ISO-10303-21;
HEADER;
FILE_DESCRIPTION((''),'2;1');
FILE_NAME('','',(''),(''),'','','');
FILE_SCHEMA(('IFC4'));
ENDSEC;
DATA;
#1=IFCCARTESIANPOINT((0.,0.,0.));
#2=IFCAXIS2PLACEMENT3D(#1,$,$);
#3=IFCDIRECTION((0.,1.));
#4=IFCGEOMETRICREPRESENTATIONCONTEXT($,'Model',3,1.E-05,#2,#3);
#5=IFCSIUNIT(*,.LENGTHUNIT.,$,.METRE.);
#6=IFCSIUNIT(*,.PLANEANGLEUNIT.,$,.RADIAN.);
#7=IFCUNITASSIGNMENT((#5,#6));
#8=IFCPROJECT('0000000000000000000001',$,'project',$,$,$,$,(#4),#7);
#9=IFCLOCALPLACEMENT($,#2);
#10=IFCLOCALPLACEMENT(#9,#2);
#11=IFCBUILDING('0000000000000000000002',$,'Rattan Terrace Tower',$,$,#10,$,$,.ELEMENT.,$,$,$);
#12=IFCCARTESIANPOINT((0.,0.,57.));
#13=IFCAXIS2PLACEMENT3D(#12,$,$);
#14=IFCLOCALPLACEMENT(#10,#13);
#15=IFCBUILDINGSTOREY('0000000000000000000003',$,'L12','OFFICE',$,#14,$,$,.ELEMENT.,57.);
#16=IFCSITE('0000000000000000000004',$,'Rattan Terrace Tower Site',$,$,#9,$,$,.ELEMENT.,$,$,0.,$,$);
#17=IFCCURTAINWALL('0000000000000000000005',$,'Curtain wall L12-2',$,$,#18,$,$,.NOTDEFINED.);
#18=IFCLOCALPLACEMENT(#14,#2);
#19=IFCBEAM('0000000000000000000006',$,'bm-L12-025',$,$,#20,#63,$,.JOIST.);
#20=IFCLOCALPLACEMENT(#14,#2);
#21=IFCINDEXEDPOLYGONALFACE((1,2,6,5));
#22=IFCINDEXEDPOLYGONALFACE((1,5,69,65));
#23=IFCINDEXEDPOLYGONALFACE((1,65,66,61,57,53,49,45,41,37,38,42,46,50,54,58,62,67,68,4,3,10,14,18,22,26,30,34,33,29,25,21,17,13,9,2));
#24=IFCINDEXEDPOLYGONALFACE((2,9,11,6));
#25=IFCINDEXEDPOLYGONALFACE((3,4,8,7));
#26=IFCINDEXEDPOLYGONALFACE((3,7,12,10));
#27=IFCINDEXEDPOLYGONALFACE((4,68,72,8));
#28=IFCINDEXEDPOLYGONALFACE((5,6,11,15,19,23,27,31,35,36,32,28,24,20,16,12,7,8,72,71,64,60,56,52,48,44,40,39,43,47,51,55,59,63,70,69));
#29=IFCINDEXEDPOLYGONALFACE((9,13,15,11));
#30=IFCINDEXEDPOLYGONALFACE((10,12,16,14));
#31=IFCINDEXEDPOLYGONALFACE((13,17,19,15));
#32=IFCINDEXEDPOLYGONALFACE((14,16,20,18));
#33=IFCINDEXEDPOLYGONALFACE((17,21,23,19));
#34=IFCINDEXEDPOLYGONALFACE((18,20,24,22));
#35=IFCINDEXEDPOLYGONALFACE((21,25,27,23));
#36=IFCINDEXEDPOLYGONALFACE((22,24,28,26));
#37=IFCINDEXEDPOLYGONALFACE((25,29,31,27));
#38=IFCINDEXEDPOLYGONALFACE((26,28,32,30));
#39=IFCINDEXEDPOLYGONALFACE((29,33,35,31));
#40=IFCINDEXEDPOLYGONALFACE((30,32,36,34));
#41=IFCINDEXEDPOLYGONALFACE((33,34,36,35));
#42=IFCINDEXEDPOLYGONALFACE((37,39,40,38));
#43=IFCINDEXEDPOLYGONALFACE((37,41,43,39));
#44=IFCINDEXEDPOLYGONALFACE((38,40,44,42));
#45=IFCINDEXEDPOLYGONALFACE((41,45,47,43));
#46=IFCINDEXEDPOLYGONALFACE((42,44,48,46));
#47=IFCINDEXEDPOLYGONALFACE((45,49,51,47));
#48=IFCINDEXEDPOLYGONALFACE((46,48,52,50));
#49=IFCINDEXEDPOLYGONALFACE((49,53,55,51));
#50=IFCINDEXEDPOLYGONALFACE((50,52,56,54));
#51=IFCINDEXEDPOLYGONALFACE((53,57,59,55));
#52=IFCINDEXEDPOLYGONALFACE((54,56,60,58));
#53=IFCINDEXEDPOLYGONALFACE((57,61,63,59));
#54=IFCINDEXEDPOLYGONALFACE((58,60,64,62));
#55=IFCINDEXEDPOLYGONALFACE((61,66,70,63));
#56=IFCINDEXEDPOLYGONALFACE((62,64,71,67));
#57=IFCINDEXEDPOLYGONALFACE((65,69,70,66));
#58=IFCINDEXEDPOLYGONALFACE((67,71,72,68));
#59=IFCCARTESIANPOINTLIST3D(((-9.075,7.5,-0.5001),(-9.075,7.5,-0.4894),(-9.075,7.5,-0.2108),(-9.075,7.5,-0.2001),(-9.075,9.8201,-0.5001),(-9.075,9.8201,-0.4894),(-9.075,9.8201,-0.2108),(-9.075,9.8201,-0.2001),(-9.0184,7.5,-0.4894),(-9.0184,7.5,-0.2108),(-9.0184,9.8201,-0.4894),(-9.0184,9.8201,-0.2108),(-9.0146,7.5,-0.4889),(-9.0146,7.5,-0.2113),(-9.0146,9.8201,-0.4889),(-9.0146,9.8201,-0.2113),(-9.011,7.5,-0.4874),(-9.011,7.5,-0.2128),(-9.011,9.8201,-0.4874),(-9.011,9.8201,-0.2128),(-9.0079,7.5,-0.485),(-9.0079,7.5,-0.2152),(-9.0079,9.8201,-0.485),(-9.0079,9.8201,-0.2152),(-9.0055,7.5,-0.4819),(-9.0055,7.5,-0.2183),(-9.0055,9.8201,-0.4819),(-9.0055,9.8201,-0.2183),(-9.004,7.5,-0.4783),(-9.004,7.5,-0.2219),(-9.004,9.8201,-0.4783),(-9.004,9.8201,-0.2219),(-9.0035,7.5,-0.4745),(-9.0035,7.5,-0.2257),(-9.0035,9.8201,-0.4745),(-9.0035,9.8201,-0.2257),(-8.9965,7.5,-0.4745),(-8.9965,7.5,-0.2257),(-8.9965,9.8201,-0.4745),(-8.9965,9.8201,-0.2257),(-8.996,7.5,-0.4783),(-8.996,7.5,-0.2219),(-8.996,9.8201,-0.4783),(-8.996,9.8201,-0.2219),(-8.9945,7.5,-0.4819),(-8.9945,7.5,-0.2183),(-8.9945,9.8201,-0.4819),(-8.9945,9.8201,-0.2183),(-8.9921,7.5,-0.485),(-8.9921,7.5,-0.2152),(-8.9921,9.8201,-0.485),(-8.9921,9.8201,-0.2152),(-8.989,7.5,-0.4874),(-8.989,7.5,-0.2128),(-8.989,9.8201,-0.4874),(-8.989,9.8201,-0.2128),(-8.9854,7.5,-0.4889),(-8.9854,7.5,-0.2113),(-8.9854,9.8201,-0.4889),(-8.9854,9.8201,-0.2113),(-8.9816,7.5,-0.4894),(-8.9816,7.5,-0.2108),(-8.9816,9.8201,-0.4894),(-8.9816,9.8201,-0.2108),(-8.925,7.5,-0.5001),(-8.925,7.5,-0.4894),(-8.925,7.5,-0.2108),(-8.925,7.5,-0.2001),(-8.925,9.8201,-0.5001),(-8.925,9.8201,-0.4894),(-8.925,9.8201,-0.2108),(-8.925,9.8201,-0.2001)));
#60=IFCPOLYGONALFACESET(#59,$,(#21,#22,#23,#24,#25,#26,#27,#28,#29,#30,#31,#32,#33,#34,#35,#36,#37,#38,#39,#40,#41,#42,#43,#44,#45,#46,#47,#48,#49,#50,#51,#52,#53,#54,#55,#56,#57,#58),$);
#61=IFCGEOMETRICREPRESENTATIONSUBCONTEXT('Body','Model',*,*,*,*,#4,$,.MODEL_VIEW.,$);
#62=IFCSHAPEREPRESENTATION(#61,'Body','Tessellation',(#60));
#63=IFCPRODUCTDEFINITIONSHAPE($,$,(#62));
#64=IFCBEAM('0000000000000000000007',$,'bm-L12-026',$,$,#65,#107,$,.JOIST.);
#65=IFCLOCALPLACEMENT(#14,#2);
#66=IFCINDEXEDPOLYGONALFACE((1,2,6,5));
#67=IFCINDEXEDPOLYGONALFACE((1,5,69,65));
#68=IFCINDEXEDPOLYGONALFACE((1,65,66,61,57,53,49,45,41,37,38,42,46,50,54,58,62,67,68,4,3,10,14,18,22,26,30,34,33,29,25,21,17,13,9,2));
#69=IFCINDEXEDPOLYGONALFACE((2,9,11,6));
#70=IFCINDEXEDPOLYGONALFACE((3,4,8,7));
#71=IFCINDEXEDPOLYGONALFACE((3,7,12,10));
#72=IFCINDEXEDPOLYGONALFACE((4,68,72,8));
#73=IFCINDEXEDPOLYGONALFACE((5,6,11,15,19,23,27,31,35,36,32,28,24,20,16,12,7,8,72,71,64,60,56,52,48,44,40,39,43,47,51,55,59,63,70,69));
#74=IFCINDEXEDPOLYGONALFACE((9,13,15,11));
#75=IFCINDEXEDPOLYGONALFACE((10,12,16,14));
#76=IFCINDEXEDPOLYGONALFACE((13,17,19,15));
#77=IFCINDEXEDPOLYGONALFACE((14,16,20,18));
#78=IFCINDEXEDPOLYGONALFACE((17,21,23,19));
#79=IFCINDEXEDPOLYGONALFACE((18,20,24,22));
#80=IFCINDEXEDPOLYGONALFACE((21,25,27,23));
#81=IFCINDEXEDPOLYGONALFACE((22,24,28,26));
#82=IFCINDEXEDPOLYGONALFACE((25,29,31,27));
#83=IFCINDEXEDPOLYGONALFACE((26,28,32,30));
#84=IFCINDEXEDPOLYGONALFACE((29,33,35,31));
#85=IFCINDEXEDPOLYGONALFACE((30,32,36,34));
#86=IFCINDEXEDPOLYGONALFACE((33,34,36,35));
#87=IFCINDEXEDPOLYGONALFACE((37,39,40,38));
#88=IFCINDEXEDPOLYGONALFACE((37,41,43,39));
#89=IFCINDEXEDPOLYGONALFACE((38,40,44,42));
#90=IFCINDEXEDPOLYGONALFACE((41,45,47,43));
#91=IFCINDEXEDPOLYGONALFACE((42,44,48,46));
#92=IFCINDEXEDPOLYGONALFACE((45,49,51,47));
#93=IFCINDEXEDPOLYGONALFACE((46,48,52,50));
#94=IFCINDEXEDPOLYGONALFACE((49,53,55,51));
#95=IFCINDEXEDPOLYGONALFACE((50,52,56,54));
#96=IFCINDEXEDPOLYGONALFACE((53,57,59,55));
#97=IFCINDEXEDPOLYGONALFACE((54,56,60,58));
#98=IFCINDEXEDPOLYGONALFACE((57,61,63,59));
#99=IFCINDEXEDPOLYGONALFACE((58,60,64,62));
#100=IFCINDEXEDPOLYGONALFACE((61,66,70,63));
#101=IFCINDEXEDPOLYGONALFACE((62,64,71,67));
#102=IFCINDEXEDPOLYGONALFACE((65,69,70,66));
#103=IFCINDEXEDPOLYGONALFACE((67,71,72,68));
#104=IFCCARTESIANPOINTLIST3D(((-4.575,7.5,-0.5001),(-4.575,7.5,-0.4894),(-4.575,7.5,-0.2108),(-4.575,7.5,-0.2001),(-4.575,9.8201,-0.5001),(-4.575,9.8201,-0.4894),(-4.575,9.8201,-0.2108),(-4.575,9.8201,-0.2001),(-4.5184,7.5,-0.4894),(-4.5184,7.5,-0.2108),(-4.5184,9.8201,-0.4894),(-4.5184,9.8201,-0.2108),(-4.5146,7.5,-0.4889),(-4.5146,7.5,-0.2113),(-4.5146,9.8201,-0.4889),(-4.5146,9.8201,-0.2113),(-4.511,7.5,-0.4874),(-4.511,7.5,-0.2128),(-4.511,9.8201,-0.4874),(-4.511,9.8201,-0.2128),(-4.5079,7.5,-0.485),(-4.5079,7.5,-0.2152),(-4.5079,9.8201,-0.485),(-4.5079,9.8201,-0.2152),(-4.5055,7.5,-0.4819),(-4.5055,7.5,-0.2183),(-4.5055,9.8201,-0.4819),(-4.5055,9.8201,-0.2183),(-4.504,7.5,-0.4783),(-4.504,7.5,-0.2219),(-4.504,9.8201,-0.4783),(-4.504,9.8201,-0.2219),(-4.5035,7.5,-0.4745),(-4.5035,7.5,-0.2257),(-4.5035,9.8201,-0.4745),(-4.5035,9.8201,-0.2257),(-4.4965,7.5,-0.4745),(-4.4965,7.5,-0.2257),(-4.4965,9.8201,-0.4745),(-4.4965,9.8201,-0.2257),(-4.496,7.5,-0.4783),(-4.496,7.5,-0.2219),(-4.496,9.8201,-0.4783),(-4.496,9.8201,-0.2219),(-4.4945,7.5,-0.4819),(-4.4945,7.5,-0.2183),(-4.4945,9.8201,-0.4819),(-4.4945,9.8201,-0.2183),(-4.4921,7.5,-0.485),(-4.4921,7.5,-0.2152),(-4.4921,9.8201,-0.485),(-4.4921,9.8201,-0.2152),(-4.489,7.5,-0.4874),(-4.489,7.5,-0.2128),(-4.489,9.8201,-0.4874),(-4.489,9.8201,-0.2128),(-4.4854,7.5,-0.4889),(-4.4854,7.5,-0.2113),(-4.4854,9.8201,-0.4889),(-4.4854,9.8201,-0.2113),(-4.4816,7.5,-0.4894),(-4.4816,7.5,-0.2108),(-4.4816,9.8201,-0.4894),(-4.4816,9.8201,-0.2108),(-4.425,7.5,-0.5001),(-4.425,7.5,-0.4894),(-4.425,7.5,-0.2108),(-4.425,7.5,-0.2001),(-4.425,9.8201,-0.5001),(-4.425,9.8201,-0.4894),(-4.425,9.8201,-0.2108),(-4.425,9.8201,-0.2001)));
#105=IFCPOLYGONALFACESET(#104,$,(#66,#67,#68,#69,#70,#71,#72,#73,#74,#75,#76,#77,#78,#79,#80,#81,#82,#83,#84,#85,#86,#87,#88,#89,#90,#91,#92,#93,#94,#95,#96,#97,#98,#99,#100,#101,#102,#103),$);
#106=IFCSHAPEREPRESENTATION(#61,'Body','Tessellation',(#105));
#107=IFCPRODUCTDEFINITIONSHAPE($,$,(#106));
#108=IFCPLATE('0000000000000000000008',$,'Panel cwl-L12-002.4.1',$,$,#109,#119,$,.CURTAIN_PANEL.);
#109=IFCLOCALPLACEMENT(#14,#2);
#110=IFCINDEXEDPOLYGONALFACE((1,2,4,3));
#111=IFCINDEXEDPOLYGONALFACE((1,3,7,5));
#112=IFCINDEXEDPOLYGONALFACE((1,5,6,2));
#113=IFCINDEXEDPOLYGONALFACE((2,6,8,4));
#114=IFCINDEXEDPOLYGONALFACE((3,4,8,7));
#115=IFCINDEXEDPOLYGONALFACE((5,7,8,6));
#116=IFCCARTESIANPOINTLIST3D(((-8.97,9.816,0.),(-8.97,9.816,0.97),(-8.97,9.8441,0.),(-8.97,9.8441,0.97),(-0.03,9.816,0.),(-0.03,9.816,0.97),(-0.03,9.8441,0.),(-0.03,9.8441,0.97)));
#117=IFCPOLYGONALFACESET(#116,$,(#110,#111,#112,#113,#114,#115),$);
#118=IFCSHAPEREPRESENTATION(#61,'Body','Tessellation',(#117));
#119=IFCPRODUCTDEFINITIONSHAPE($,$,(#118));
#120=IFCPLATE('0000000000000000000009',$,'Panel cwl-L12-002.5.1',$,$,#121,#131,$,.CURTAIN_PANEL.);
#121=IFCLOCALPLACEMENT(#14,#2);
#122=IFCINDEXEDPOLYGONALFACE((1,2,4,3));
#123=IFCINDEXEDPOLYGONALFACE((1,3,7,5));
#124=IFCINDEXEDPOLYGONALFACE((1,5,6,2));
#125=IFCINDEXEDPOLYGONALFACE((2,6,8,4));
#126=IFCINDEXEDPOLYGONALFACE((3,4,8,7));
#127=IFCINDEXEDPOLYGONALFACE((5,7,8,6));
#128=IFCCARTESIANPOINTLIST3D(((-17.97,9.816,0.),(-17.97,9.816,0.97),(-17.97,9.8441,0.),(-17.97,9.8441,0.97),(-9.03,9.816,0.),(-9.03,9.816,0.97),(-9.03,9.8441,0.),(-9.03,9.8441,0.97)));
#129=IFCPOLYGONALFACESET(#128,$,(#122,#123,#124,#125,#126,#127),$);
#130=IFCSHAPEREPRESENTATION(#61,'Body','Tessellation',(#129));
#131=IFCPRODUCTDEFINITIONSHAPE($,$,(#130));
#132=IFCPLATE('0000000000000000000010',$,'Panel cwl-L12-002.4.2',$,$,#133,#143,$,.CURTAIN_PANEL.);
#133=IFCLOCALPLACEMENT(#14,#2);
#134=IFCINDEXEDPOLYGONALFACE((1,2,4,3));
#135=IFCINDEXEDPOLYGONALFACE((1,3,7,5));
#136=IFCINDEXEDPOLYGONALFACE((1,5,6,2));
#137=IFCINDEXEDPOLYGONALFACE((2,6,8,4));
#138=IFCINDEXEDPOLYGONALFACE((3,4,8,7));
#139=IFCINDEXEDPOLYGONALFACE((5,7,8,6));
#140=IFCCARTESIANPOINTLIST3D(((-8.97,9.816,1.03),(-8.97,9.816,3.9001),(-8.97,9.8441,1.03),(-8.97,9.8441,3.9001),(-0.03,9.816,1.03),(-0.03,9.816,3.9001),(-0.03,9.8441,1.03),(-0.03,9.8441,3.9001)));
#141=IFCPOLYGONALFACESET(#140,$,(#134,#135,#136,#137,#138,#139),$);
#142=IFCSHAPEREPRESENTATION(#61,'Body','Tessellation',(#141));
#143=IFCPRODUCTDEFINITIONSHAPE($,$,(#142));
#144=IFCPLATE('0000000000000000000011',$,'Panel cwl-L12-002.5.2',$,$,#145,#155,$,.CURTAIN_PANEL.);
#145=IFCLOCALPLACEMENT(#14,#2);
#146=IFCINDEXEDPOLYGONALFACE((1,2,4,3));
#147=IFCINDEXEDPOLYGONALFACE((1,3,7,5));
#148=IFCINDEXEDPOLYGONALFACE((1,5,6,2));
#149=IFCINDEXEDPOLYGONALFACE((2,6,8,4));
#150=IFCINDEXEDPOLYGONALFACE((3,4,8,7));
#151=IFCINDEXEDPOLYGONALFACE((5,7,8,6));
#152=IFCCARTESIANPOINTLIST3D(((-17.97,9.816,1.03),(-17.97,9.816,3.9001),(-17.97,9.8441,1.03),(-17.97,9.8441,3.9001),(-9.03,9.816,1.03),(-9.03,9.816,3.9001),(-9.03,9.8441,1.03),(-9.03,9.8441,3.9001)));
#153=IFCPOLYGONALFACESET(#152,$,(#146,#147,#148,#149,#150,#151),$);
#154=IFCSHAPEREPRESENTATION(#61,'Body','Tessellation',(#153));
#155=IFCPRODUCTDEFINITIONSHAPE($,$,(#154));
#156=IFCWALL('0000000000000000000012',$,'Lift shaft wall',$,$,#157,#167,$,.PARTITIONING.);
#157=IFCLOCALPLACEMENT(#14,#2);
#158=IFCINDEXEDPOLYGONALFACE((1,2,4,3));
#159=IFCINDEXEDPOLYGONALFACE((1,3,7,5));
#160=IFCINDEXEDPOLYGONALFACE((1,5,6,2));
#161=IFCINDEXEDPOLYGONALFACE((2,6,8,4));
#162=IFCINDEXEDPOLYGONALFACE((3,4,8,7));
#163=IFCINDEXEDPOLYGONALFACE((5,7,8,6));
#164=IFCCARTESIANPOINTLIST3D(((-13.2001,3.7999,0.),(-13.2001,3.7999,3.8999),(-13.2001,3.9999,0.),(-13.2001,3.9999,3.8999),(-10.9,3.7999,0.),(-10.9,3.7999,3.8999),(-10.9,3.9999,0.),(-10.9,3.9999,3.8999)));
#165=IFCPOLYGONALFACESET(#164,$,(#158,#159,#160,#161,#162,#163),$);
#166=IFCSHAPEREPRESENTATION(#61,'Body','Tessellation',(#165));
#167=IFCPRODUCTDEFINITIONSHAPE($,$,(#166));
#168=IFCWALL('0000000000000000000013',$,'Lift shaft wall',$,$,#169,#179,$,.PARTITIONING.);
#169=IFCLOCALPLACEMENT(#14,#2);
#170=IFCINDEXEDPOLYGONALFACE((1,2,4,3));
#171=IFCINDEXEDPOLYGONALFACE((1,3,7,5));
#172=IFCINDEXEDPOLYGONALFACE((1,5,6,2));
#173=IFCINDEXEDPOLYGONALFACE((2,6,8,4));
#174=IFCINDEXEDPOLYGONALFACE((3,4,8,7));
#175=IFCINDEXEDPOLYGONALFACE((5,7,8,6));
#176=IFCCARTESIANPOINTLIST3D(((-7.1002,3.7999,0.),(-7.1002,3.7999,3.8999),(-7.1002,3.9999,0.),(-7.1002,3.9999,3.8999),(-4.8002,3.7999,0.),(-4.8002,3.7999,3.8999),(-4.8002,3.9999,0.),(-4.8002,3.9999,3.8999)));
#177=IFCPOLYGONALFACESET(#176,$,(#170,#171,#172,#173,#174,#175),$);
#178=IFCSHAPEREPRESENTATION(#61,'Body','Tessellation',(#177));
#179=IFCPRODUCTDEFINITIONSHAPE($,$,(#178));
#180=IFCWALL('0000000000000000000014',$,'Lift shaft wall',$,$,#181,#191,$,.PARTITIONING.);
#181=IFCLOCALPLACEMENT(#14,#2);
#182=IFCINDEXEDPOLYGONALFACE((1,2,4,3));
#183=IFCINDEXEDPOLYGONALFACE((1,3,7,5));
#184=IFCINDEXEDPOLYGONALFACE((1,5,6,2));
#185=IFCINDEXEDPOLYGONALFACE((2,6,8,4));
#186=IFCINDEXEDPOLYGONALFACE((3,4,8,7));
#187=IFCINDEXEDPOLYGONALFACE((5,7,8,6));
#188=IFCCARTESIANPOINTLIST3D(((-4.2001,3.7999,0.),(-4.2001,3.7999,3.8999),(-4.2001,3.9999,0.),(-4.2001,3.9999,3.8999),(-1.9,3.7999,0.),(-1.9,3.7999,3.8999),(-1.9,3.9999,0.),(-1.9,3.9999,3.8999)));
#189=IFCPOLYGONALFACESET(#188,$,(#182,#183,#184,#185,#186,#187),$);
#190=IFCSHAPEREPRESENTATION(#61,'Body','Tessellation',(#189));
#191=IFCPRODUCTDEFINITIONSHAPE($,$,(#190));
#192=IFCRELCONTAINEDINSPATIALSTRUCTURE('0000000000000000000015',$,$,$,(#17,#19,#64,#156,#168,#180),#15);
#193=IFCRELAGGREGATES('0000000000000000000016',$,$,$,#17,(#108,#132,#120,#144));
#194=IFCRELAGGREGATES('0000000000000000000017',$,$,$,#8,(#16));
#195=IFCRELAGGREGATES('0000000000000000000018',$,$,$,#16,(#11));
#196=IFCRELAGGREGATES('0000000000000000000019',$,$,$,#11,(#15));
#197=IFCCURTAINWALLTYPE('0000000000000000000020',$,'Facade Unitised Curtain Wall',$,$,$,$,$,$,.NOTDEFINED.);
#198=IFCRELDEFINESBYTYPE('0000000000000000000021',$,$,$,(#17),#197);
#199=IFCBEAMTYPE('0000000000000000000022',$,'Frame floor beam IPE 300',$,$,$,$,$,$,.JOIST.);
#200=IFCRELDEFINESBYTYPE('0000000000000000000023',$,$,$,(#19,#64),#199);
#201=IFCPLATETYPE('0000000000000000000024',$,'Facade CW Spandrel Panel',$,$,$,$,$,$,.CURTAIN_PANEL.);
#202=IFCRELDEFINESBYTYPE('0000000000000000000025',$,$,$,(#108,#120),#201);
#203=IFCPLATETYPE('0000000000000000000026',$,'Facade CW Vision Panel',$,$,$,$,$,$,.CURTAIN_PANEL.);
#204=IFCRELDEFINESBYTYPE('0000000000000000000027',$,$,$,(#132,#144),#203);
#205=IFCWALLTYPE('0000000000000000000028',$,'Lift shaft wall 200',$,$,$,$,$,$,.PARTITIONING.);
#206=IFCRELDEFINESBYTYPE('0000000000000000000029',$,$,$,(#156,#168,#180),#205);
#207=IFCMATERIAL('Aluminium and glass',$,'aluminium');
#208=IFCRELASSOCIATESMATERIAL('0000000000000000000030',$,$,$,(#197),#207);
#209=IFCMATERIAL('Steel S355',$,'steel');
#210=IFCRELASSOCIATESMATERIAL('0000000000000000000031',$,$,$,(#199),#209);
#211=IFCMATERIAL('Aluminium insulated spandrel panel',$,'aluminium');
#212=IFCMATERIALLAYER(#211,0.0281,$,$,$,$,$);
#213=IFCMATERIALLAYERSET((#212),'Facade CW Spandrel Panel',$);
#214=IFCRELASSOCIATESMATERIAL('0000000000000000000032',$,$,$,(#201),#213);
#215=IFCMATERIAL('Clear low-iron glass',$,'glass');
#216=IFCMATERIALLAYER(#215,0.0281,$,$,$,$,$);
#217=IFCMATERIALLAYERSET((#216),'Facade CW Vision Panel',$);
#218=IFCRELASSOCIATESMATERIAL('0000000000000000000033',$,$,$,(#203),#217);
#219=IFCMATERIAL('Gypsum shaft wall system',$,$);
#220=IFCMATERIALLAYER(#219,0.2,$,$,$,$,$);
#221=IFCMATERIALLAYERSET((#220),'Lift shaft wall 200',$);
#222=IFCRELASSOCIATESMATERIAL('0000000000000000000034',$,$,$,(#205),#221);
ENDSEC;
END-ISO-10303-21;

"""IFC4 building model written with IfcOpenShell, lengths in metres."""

from ifc_helpers import new_model, si_unit, direction, frame, frame_2d, origin, origin_2d, place, context, subcontext, project, spatial, rectangle, i_section, extrude, material, layer, layer_set, material_profile, profile_set, type_object, element, aggregate, save


model = new_model("IFC4")

# Units and contexts
model_context = context("Model", 3, precision=1e-05, world=origin(), true_north=direction((0.0, 1.0)))
body_context = subcontext(model_context, "Body", "Model", "MODEL_VIEW")
ifc_project = project(units=[si_unit("LENGTHUNIT", "METRE"), si_unit("PLANEANGLEUNIT", "RADIAN")], contexts=[model_context])

# Site, building, storey
site_placement = place(None, origin())
site = spatial("IfcSite", under=ifc_project, at=site_placement, Name="Rattan Terrace Tower Site", CompositionType="ELEMENT", RefElevation=0.0)
building_placement = place(site_placement, origin())
building = spatial("IfcBuilding", under=site, at=building_placement, Name="Rattan Terrace Tower", CompositionType="ELEMENT")
storey_placement = place(building_placement, frame((0.0, 0.0, 57.0)))
storey = spatial("IfcBuildingStorey", under=building, at=storey_placement, Name="L12", Description="OFFICE", CompositionType="ELEMENT", Elevation=57.0)

# Curtain wall
ifc_material_1 = material(Name="Aluminium and glass", Category="aluminium")
curtain_wall_type = type_object("IfcCurtainWallType", Name="Facade Unitised Curtain Wall", PredefinedType="NOTDEFINED", material=ifc_material_1)
curtain_wall_placement = place(storey_placement, origin())
curtain_wall = element("IfcCurtainWall", 1, at=curtain_wall_placement, inside=storey, type_object=curtain_wall_type, Name="Curtain wall L12-2", PredefinedType="NOTDEFINED")

# Beams
ifc_material_2 = material(Name="Steel S355", Category="steel")
ifc_material_profile_1 = material_profile(ifc_material_2, i_section(OverallWidth=0.1499, OverallDepth=0.3, WebThickness=0.0071, FlangeThickness=0.0107, FilletRadius=0.0149, at=origin_2d()), Name="IPE 300")
ifc_profile_set_1 = profile_set([ifc_material_profile_1], Name="Steel S355")
beam_type_1 = type_object("IfcBeamType", Name="Frame floor beam IPE 300", PredefinedType="JOIST", material=ifc_profile_set_1)
for number, where, z_axis, x_axis, name in (
    (2, (-9.0, 7.5, -0.3501), (0.0, 1.0, 0.0), (-1.0, 0.0, 0.0), "bm-L12-025"),
    (3, (-4.5, 7.5, -0.3501), (0.0, 1.0, 0.0), (-1.0, 0.0, 0.0), "bm-L12-026"),
):
    element("IfcBeam", number, at=place(storey_placement, frame(where, z_axis=z_axis, x_axis=x_axis)), inside=storey, type_object=beam_type_1, Name=name, PredefinedType="JOIST", context=body_context, shape_type="SweptSolid", body=[
        extrude(i_section(OverallWidth=0.1499, OverallDepth=0.3, WebThickness=0.0071, FlangeThickness=0.0107, FilletRadius=0.0149, at=origin_2d()), origin(), (0.0, 0.0, 1.0), 2.3201),
    ])

# Plates
ifc_material_3 = material(Name="Aluminium insulated spandrel panel", Category="aluminium")
ifc_layer_1 = layer(ifc_material_3, 0.0281)
ifc_layer_set_1 = layer_set([ifc_layer_1], Name="Facade CW Spandrel Panel")
plate_type_1 = type_object("IfcPlateType", Name="Facade CW Spandrel Panel", PredefinedType="CURTAIN_PANEL", material=ifc_layer_set_1)
plate_1_placement = place(storey_placement, frame((-4.5, 9.8301, 0.0), z_axis=(0.0, 0.0, 1.0), x_axis=(-1.0, 0.0, 0.0)))
plate_1 = element("IfcPlate", 4, at=plate_1_placement, type_object=plate_type_1, Name="Panel cwl-L12-002.4.1", PredefinedType="CURTAIN_PANEL", context=body_context, shape_type="SweptSolid", body=[
    extrude(rectangle(XDim=8.9399, YDim=0.0281, at=origin_2d()), origin(), (0.0, 0.0, 1.0), 0.97),
])
plate_2_placement = place(storey_placement, frame((-13.5, 9.8301, 0.0), z_axis=(0.0, 0.0, 1.0), x_axis=(-1.0, 0.0, 0.0)))
plate_2 = element("IfcPlate", 5, at=plate_2_placement, type_object=plate_type_1, Name="Panel cwl-L12-002.5.1", PredefinedType="CURTAIN_PANEL", context=body_context, shape_type="SweptSolid", body=[
    extrude(rectangle(XDim=8.9399, YDim=0.0281, at=origin_2d()), origin(), (0.0, 0.0, 1.0), 0.97),
])
ifc_material_4 = material(Name="Clear low-iron glass", Category="glass")
ifc_layer_2 = layer(ifc_material_4, 0.0281)
ifc_layer_set_2 = layer_set([ifc_layer_2], Name="Facade CW Vision Panel")
plate_type_2 = type_object("IfcPlateType", Name="Facade CW Vision Panel", PredefinedType="CURTAIN_PANEL", material=ifc_layer_set_2)
plate_3_placement = place(storey_placement, frame((-4.5, 9.8301, 1.03), z_axis=(0.0, 0.0, 1.0), x_axis=(-1.0, 0.0, 0.0)))
plate_3 = element("IfcPlate", 6, at=plate_3_placement, type_object=plate_type_2, Name="Panel cwl-L12-002.4.2", PredefinedType="CURTAIN_PANEL", context=body_context, shape_type="SweptSolid", body=[
    extrude(rectangle(XDim=8.9399, YDim=0.0281, at=origin_2d()), origin(), (0.0, 0.0, 1.0), 2.8701),
])
plate_4_placement = place(storey_placement, frame((-13.5, 9.8301, 1.03), z_axis=(0.0, 0.0, 1.0), x_axis=(-1.0, 0.0, 0.0)))
plate_4 = element("IfcPlate", 7, at=plate_4_placement, type_object=plate_type_2, Name="Panel cwl-L12-002.5.2", PredefinedType="CURTAIN_PANEL", context=body_context, shape_type="SweptSolid", body=[
    extrude(rectangle(XDim=8.9399, YDim=0.0281, at=origin_2d()), origin(), (0.0, 0.0, 1.0), 2.8701),
])
aggregate(curtain_wall, [plate_1, plate_3, plate_2, plate_4])

# Walls
ifc_material_5 = material(Name="Gypsum shaft wall system")
ifc_layer_3 = layer(ifc_material_5, 0.2)
ifc_layer_set_3 = layer_set([ifc_layer_3], Name="Lift shaft wall 200")
wall_type = type_object("IfcWallType", Name="Lift shaft wall 200", PredefinedType="PARTITIONING", material=ifc_layer_set_3)
for number, where, z_axis, x_axis, name in (
    (8, (-13.2, 3.8999, 0.0), (0.0, 0.0, 1.0), (1.0, 0.0, 0.0), "Lift shaft wall"),
    (9, (-7.1001, 3.8999, 0.0), (0.0, 0.0, 1.0), (1.0, 0.0, 0.0), "Lift shaft wall"),
    (10, (-4.2, 3.8999, 0.0), (0.0, 0.0, 1.0), (1.0, 0.0, 0.0), "Lift shaft wall"),
):
    element("IfcWall", number, at=place(storey_placement, frame(where, z_axis=z_axis, x_axis=x_axis)), inside=storey, type_object=wall_type, Name=name, PredefinedType="PARTITIONING", context=body_context, shape_type="SweptSolid", body=[
        extrude(rectangle(XDim=2.3, YDim=0.2, at=frame_2d((1.1499, 0.0))), origin(), (0.0, 0.0, 1.0), 3.8999),
    ])

save(model, "model.ifc")
